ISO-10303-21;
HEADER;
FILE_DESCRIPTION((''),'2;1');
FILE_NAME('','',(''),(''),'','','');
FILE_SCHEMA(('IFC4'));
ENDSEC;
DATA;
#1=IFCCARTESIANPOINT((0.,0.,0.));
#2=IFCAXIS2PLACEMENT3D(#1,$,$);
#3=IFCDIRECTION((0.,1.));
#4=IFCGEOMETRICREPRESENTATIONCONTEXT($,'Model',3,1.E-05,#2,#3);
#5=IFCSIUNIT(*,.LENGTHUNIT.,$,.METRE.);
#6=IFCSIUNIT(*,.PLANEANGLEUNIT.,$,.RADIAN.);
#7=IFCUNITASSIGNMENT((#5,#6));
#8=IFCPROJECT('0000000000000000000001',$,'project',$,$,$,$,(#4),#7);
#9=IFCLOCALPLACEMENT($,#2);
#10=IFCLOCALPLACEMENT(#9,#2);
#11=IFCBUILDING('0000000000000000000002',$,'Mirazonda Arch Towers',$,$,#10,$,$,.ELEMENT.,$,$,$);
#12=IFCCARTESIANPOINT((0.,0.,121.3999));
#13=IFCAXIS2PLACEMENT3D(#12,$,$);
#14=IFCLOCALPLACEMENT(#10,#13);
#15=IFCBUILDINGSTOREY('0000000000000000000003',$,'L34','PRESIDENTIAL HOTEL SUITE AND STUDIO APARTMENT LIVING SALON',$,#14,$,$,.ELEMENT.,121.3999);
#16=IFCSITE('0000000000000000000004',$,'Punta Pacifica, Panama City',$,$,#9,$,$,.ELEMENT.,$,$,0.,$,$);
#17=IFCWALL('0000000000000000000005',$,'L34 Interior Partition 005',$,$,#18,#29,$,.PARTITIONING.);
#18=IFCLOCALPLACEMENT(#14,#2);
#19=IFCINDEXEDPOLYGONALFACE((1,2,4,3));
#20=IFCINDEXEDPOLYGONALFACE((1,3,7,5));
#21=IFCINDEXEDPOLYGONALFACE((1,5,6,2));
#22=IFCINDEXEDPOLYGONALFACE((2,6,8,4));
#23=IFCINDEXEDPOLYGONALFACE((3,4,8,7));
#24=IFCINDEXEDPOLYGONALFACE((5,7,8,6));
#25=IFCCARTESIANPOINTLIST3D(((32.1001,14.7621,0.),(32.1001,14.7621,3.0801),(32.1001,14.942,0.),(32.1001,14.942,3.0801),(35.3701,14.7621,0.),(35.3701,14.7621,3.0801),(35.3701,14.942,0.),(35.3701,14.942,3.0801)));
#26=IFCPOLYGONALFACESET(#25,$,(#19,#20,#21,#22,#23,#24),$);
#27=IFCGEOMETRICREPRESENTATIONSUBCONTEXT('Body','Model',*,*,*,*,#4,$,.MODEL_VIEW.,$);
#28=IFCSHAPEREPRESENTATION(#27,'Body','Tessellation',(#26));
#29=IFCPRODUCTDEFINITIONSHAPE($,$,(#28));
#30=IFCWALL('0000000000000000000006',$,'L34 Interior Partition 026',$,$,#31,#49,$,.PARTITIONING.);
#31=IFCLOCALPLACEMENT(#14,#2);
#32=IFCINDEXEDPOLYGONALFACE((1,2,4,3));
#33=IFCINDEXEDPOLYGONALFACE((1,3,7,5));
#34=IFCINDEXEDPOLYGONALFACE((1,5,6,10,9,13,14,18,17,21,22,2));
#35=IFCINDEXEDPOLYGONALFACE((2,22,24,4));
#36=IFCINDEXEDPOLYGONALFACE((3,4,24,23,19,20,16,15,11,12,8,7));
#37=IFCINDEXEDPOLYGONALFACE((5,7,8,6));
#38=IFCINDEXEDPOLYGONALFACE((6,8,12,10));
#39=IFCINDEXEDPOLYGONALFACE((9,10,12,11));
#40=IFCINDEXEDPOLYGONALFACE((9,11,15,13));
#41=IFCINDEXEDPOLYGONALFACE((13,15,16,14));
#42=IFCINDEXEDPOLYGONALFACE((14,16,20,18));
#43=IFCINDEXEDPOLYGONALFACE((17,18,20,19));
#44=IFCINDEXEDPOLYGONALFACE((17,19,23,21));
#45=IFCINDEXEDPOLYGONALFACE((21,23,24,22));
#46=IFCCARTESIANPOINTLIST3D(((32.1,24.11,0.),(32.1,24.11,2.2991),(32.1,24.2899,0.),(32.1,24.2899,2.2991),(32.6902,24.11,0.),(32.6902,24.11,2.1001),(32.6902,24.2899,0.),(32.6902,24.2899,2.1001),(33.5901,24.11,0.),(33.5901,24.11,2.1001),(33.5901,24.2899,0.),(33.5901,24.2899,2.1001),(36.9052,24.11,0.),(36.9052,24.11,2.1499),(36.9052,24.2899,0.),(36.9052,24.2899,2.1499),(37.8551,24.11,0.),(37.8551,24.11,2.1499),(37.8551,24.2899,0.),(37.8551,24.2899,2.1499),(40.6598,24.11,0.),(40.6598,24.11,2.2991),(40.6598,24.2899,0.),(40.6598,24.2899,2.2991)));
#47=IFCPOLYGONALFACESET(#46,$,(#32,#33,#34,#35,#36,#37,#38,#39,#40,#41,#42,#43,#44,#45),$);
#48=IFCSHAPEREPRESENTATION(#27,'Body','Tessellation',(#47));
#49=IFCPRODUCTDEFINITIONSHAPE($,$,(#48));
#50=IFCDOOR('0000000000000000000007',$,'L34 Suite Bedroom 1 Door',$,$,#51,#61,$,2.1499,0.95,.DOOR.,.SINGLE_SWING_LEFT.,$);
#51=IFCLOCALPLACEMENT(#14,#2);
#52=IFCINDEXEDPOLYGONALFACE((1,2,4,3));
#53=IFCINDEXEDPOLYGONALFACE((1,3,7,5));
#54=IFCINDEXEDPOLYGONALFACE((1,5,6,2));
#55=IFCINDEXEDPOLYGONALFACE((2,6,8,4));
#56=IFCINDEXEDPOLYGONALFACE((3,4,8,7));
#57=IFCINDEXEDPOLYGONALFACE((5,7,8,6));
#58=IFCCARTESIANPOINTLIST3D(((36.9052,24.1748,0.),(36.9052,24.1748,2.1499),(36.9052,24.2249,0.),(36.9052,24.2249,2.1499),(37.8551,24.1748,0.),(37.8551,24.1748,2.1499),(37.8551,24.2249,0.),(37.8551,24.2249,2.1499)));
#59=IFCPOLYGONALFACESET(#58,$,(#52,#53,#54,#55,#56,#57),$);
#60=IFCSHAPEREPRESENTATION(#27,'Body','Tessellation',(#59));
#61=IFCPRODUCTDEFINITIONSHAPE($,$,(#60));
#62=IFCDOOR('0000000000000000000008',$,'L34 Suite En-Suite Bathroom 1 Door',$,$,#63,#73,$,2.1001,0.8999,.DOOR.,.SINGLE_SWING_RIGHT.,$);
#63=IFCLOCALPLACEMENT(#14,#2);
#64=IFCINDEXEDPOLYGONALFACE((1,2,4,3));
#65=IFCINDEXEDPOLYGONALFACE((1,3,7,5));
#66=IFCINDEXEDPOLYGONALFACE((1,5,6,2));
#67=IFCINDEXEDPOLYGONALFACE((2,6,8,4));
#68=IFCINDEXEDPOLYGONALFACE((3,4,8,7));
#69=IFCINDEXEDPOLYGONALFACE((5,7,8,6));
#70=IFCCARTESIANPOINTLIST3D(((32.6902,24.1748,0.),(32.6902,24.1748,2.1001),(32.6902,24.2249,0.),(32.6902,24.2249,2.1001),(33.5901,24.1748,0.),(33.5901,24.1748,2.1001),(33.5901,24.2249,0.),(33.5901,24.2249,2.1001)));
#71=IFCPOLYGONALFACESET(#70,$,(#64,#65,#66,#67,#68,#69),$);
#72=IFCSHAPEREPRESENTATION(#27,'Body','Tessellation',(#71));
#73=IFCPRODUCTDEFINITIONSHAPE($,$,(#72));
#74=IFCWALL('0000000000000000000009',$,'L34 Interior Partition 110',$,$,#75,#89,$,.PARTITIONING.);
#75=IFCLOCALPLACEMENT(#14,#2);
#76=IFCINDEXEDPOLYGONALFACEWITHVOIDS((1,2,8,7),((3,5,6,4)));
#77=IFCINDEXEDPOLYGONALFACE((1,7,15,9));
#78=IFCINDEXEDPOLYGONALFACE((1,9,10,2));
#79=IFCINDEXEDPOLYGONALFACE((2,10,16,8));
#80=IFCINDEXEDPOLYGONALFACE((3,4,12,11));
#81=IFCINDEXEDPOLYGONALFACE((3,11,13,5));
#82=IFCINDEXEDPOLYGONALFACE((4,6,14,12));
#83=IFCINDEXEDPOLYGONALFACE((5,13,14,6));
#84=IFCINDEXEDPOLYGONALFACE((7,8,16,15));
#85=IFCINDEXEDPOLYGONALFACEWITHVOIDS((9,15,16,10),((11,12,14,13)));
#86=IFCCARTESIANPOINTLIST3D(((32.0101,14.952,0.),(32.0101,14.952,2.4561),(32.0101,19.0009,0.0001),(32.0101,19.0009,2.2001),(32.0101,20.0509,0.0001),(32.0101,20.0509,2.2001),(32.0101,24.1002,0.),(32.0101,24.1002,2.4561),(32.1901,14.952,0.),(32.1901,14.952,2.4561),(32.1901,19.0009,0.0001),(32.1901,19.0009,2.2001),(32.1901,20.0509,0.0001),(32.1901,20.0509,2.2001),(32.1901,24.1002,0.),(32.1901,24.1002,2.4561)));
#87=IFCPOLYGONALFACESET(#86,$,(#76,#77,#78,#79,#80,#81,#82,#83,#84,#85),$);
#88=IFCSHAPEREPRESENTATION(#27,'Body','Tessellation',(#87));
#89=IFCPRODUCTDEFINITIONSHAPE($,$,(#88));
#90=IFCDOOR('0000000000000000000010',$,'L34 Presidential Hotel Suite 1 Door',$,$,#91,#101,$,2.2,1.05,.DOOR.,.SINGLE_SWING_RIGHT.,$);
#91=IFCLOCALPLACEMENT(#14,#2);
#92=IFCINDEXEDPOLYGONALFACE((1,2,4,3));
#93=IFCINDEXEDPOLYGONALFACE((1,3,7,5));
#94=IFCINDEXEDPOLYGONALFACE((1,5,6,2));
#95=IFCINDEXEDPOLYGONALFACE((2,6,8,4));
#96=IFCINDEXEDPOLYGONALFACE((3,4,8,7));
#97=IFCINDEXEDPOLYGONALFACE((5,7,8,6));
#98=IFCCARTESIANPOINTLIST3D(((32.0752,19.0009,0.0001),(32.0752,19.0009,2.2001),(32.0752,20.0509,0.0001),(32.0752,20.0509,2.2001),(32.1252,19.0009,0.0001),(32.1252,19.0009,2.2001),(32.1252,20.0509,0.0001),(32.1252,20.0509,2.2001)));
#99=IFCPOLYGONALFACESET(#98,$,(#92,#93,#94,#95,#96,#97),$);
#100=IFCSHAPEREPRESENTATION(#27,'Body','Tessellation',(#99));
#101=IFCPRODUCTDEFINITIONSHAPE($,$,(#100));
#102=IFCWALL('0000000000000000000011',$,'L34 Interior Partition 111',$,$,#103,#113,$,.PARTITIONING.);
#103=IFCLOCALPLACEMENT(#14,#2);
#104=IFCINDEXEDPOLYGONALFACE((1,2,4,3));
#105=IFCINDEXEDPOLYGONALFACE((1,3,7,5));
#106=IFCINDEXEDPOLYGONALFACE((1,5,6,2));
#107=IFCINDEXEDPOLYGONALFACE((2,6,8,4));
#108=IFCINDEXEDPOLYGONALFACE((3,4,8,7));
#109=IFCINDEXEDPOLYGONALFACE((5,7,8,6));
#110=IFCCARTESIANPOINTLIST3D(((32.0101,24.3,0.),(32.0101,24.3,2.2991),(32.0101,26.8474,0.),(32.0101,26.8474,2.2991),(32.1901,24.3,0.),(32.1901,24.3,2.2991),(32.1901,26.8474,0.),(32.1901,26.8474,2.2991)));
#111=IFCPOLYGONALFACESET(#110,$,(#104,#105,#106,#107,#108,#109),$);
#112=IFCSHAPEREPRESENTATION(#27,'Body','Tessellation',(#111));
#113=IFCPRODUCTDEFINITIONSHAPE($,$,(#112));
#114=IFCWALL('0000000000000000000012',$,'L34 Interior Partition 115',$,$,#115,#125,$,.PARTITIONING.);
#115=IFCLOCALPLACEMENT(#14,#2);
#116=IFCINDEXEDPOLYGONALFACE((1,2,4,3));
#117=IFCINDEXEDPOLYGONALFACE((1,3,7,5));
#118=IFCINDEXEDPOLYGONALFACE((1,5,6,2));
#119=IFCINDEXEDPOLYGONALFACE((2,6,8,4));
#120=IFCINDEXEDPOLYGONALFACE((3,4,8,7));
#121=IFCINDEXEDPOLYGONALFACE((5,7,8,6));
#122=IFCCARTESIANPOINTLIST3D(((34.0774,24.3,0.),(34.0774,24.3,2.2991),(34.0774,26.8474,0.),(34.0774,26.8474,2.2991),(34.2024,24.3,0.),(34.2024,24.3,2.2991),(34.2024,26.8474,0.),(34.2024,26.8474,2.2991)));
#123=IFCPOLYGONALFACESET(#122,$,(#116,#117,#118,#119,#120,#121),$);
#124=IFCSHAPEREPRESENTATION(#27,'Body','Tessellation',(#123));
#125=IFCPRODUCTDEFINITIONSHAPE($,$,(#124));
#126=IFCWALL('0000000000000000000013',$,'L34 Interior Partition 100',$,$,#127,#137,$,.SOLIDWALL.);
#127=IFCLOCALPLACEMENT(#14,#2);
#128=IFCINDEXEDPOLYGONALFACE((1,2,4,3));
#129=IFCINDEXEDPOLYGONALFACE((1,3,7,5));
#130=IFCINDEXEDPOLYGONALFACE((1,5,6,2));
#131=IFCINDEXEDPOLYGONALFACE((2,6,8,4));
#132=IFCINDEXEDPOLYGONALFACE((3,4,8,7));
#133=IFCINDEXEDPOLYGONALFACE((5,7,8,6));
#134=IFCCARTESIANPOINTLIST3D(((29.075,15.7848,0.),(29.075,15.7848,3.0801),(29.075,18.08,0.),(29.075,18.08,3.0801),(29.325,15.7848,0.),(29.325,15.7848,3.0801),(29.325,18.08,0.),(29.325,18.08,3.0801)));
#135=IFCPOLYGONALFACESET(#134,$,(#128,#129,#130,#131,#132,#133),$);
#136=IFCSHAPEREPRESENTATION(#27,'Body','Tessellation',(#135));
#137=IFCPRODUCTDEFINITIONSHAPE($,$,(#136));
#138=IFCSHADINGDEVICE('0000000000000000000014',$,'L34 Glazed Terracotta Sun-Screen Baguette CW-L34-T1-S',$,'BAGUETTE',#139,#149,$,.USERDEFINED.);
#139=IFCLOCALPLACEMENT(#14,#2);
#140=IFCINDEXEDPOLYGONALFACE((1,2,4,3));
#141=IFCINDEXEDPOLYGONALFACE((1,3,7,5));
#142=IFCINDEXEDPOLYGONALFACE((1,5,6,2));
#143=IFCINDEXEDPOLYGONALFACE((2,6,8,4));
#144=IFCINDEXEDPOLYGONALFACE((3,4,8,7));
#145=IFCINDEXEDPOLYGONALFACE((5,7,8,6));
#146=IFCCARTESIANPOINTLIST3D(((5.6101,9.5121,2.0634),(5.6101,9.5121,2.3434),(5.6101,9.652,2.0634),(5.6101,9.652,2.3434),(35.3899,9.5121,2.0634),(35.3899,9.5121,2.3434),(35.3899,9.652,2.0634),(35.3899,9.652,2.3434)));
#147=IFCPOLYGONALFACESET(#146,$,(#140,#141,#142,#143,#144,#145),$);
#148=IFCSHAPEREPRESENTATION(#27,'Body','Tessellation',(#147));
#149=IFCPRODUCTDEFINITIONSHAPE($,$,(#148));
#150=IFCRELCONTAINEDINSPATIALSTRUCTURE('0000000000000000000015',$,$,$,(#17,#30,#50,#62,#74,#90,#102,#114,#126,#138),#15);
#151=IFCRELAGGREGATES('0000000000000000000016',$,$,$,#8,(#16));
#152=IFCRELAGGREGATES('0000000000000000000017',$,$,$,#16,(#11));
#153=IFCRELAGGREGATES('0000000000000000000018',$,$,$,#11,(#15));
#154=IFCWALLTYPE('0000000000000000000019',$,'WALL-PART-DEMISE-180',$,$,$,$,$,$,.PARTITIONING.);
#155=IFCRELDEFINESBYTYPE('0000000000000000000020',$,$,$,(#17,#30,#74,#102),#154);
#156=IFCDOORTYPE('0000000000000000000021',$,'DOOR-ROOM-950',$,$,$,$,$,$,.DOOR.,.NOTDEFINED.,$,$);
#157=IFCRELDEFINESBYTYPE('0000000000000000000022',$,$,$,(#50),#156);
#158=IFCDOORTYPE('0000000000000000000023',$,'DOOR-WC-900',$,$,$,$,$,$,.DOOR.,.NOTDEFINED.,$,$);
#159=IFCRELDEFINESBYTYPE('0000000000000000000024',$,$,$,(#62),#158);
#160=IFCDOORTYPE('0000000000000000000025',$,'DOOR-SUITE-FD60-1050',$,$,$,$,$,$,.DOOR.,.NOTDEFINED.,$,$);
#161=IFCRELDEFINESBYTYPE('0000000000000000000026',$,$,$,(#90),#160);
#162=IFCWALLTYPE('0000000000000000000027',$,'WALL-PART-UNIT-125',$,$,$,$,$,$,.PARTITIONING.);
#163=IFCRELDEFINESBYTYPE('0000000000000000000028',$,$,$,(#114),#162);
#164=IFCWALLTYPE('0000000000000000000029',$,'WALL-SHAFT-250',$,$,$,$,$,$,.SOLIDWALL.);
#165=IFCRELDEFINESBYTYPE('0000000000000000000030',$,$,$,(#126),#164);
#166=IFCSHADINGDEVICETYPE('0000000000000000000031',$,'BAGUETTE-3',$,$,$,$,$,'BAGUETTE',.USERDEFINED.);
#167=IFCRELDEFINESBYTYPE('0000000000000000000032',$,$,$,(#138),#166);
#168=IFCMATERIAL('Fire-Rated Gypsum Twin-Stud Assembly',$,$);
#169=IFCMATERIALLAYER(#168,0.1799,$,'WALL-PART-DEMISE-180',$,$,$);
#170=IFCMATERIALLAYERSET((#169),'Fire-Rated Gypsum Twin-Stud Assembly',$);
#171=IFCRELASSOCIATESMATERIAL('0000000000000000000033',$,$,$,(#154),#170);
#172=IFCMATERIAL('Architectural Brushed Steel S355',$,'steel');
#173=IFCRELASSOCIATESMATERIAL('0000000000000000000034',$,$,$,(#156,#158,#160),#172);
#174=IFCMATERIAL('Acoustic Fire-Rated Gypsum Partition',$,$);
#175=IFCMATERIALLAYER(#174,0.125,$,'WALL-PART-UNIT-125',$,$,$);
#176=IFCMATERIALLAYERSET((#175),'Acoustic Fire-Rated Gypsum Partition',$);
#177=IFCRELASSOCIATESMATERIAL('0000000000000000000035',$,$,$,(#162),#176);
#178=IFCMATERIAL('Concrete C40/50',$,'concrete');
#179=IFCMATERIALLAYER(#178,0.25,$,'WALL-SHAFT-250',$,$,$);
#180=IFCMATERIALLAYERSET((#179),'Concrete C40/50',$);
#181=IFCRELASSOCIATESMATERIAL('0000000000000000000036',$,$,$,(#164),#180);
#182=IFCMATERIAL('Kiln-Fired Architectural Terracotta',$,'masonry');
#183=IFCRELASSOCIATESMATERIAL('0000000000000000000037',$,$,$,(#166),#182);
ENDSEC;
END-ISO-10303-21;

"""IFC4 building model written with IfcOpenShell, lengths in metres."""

from ifc_helpers import new_model, si_unit, direction, frame, frame_2d, origin, origin_2d, place, context, subcontext, project, spatial, rectangle, extrude, material, layer, layer_set, material_profile, profile_set, type_object, element, fill, save


model = new_model("IFC4")

# Units and contexts
model_context = context("Model", 3, precision=1e-05, world=origin(), true_north=direction((0.0, 1.0)))
body_context = subcontext(model_context, "Body", "Model", "MODEL_VIEW")
ifc_project = project(units=[si_unit("LENGTHUNIT", "METRE"), si_unit("PLANEANGLEUNIT", "RADIAN")], contexts=[model_context])

# Site, building, storey
site_placement = place(None, origin())
site = spatial("IfcSite", under=ifc_project, at=site_placement, Name="Punta Pacifica, Panama City", CompositionType="ELEMENT", RefElevation=0.0)
building_placement = place(site_placement, origin())
building = spatial("IfcBuilding", under=site, at=building_placement, Name="Mirazonda Arch Towers", CompositionType="ELEMENT")
storey_placement = place(building_placement, frame((0.0, 0.0, 121.3999)))
storey = spatial("IfcBuildingStorey", under=building, at=storey_placement, Name="L34", Description="PRESIDENTIAL HOTEL SUITE AND STUDIO APARTMENT LIVING SALON", CompositionType="ELEMENT", Elevation=121.3999)

# Wall
ifc_material_1 = material(Name="Fire-Rated Gypsum Twin-Stud Assembly")
ifc_layer_1 = layer(ifc_material_1, 0.1799, Name="WALL-PART-DEMISE-180")
ifc_layer_set_1 = layer_set([ifc_layer_1], Name="Fire-Rated Gypsum Twin-Stud Assembly")
wall_type_1 = type_object("IfcWallType", Name="WALL-PART-DEMISE-180", PredefinedType="PARTITIONING", material=ifc_layer_set_1)
wall_1_placement = place(storey_placement, frame((32.1001, 14.8521, 0.0), z_axis=(0.0, 0.0, 1.0), x_axis=(1.0, 0.0, 0.0)))
element("IfcWall", 1, at=wall_1_placement, inside=storey, type_object=wall_type_1, Name="L34 Interior Partition 005", PredefinedType="PARTITIONING", context=body_context, shape_type="SweptSolid", body=[
    extrude(rectangle(XDim=3.27, YDim=0.1799, at=frame_2d((1.635, 0.0))), origin(), (0.0, 0.0, 1.0), 3.0801),
])

# Wall, openings, doors
wall_2_placement = place(storey_placement, frame((32.1001, 24.2, 0.0), z_axis=(0.0, 0.0, 1.0), x_axis=(1.0, 0.0, 0.0)))
wall_2 = element("IfcWall", 2, at=wall_2_placement, inside=storey, type_object=wall_type_1, Name="L34 Interior Partition 026", PredefinedType="PARTITIONING", context=body_context, shape_type="SweptSolid", body=[
    extrude(rectangle(XDim=8.5598, YDim=0.1799, at=frame_2d((4.2798, 0.0))), origin(), (0.0, 0.0, 1.0), 2.2991),
])
opening_1_placement = place(wall_2_placement, frame((4.8049, 0.0, 0.0)))
opening_1 = element("IfcOpeningElement", 3, at=opening_1_placement, cuts=wall_2, PredefinedType="OPENING", context=body_context, shape_type="SweptSolid", body=[
    extrude(rectangle(XDim=0.95, YDim=2.1499, at=frame_2d((0.4751, 1.075))), frame((0.0, 0.0999, 0.0), z_axis=(0.0, -1.0, 0.0), x_axis=(1.0, 0.0, 0.0)), (0.0, 0.0, 1.0), 0.2),
])
opening_2_placement = place(wall_2_placement, frame((0.5901, 0.0, 0.0)))
opening_2 = element("IfcOpeningElement", 4, at=opening_2_placement, cuts=wall_2, PredefinedType="OPENING", context=body_context, shape_type="SweptSolid", body=[
    extrude(rectangle(XDim=0.8999, YDim=2.1001, at=frame_2d((0.45, 1.05))), frame((0.0, 0.0999, 0.0), z_axis=(0.0, -1.0, 0.0), x_axis=(1.0, 0.0, 0.0)), (0.0, 0.0, 1.0), 0.2),
])
ifc_material_2 = material(Name="Architectural Brushed Steel S355", Category="steel")
door_type_1 = type_object("IfcDoorType", Name="DOOR-ROOM-950", OperationType="NOTDEFINED", PredefinedType="DOOR", material=ifc_material_2)
door_1_placement = place(opening_1_placement, origin())
door_1 = element("IfcDoor", 5, at=door_1_placement, inside=storey, type_object=door_type_1, Name="L34 Suite Bedroom 1 Door", OperationType="SINGLE_SWING_LEFT", OverallHeight=2.1499, OverallWidth=0.95, PredefinedType="DOOR", context=body_context, shape_type="SweptSolid", body=[
    extrude(rectangle(XDim=0.95, YDim=2.1499, at=frame_2d((0.4751, 1.075))), frame((0.0, 0.0249, 0.0), z_axis=(0.0, -1.0, 0.0), x_axis=(1.0, 0.0, 0.0)), (0.0, 0.0, 1.0), 0.05),
])
fill(opening_1, door_1)
door_type_2 = type_object("IfcDoorType", Name="DOOR-WC-900", OperationType="NOTDEFINED", PredefinedType="DOOR", material=ifc_material_2)
door_2_placement = place(opening_2_placement, origin())
door_2 = element("IfcDoor", 6, at=door_2_placement, inside=storey, type_object=door_type_2, Name="L34 Suite En-Suite Bathroom 1 Door", OperationType="SINGLE_SWING_RIGHT", OverallHeight=2.1001, OverallWidth=0.8999, PredefinedType="DOOR", context=body_context, shape_type="SweptSolid", body=[
    extrude(rectangle(XDim=0.8999, YDim=2.1001, at=frame_2d((0.45, 1.05))), frame((0.0, 0.0249, 0.0), z_axis=(0.0, -1.0, 0.0), x_axis=(1.0, 0.0, 0.0)), (0.0, 0.0, 1.0), 0.05),
])
fill(opening_2, door_2)

# Wall, opening, door
wall_3_placement = place(storey_placement, frame((32.1001, 14.9519, 0.0), z_axis=(0.0, 0.0, 1.0), x_axis=(0.0, 1.0, 0.0)))
wall_3 = element("IfcWall", 7, at=wall_3_placement, inside=storey, type_object=wall_type_1, Name="L34 Interior Partition 110", PredefinedType="PARTITIONING", context=body_context, shape_type="SweptSolid", body=[
    extrude(rectangle(XDim=9.1482, YDim=0.1799, at=frame_2d((4.5742, 0.0))), origin(), (0.0, 0.0, 1.0), 2.4561),
])
opening_3_placement = place(wall_3_placement, frame((4.0491, 0.0, 0.0)))
opening_3 = element("IfcOpeningElement", 8, at=opening_3_placement, cuts=wall_3, PredefinedType="OPENING", context=body_context, shape_type="SweptSolid", body=[
    extrude(rectangle(XDim=1.05, YDim=2.2, at=frame_2d((0.5249, 1.1001))), frame((0.0, 0.0999, 0.0), z_axis=(0.0, -1.0, 0.0), x_axis=(1.0, 0.0, 0.0)), (0.0, 0.0, 1.0), 0.2),
])
door_type_3 = type_object("IfcDoorType", Name="DOOR-SUITE-FD60-1050", OperationType="NOTDEFINED", PredefinedType="DOOR", material=ifc_material_2)
door_3_placement = place(opening_3_placement, origin())
door_3 = element("IfcDoor", 9, at=door_3_placement, inside=storey, type_object=door_type_3, Name="L34 Presidential Hotel Suite 1 Door", OperationType="SINGLE_SWING_RIGHT", OverallHeight=2.2, OverallWidth=1.05, PredefinedType="DOOR", context=body_context, shape_type="SweptSolid", body=[
    extrude(rectangle(XDim=1.05, YDim=2.2, at=frame_2d((0.5249, 1.1001))), frame((0.0, 0.0249, 0.0), z_axis=(0.0, -1.0, 0.0), x_axis=(1.0, 0.0, 0.0)), (0.0, 0.0, 1.0), 0.05),
])
fill(opening_3, door_3)

# Walls
wall_4_placement = place(storey_placement, frame((32.1001, 24.3, 0.0), z_axis=(0.0, 0.0, 1.0), x_axis=(0.0, 1.0, 0.0)))
element("IfcWall", 10, at=wall_4_placement, inside=storey, type_object=wall_type_1, Name="L34 Interior Partition 111", PredefinedType="PARTITIONING", context=body_context, shape_type="SweptSolid", body=[
    extrude(rectangle(XDim=2.5474, YDim=0.1799, at=frame_2d((1.2737, 0.0))), origin(), (0.0, 0.0, 1.0), 2.2991),
])
ifc_material_3 = material(Name="Acoustic Fire-Rated Gypsum Partition")
ifc_layer_2 = layer(ifc_material_3, 0.125, Name="WALL-PART-UNIT-125")
ifc_layer_set_2 = layer_set([ifc_layer_2], Name="Acoustic Fire-Rated Gypsum Partition")
wall_type_2 = type_object("IfcWallType", Name="WALL-PART-UNIT-125", PredefinedType="PARTITIONING", material=ifc_layer_set_2)
wall_5_placement = place(storey_placement, frame((34.1399, 24.3, 0.0), z_axis=(0.0, 0.0, 1.0), x_axis=(0.0, 1.0, 0.0)))
element("IfcWall", 11, at=wall_5_placement, inside=storey, type_object=wall_type_2, Name="L34 Interior Partition 115", PredefinedType="PARTITIONING", context=body_context, shape_type="SweptSolid", body=[
    extrude(rectangle(XDim=2.5474, YDim=0.125, at=frame_2d((1.2737, 0.0))), origin(), (0.0, 0.0, 1.0), 2.2991),
])
ifc_material_4 = material(Name="Concrete C40/50", Category="concrete")
ifc_layer_3 = layer(ifc_material_4, 0.25, Name="WALL-SHAFT-250")
ifc_layer_set_3 = layer_set([ifc_layer_3], Name="Concrete C40/50")
wall_type_3 = type_object("IfcWallType", Name="WALL-SHAFT-250", PredefinedType="SOLIDWALL", material=ifc_layer_set_3)
wall_6_placement = place(storey_placement, frame((29.2, 15.7849, 0.0), z_axis=(0.0, 0.0, 1.0), x_axis=(0.0, 1.0, 0.0)))
element("IfcWall", 12, at=wall_6_placement, inside=storey, type_object=wall_type_3, Name="L34 Interior Partition 100", PredefinedType="SOLIDWALL", context=body_context, shape_type="SweptSolid", body=[
    extrude(rectangle(XDim=2.2952, YDim=0.25, at=frame_2d((1.1475, 0.0))), origin(), (0.0, 0.0, 1.0), 3.0801),
])

# Shading device
ifc_material_5 = material(Name="Kiln-Fired Architectural Terracotta", Category="masonry")
ifc_material_profile_1 = material_profile(ifc_material_5, rectangle(XDim=0.1399, YDim=0.28, at=origin_2d()), Name="TERRA-BAG-140x280")
ifc_profile_set_1 = profile_set([ifc_material_profile_1], Name="Kiln-Fired Architectural Terracotta")
shading_device_type = type_object("IfcShadingDeviceType", Name="BAGUETTE-3", ElementType="BAGUETTE", PredefinedType="USERDEFINED", material=ifc_profile_set_1)
shading_device_placement = place(storey_placement, frame((35.3899, 9.582, 2.2034), z_axis=(-1.0, 0.0, 0.0), x_axis=(0.0, -1.0, 0.0)))
element("IfcShadingDevice", 13, at=shading_device_placement, inside=storey, type_object=shading_device_type, Name="L34 Glazed Terracotta Sun-Screen Baguette CW-L34-T1-S", ObjectType="BAGUETTE", PredefinedType="USERDEFINED", context=body_context, shape_type="SweptSolid", body=[
    extrude(rectangle(XDim=0.1399, YDim=0.28, at=origin_2d()), origin(), (0.0, 0.0, 1.0), 29.7798),
])

save(model, "model.ifc")
